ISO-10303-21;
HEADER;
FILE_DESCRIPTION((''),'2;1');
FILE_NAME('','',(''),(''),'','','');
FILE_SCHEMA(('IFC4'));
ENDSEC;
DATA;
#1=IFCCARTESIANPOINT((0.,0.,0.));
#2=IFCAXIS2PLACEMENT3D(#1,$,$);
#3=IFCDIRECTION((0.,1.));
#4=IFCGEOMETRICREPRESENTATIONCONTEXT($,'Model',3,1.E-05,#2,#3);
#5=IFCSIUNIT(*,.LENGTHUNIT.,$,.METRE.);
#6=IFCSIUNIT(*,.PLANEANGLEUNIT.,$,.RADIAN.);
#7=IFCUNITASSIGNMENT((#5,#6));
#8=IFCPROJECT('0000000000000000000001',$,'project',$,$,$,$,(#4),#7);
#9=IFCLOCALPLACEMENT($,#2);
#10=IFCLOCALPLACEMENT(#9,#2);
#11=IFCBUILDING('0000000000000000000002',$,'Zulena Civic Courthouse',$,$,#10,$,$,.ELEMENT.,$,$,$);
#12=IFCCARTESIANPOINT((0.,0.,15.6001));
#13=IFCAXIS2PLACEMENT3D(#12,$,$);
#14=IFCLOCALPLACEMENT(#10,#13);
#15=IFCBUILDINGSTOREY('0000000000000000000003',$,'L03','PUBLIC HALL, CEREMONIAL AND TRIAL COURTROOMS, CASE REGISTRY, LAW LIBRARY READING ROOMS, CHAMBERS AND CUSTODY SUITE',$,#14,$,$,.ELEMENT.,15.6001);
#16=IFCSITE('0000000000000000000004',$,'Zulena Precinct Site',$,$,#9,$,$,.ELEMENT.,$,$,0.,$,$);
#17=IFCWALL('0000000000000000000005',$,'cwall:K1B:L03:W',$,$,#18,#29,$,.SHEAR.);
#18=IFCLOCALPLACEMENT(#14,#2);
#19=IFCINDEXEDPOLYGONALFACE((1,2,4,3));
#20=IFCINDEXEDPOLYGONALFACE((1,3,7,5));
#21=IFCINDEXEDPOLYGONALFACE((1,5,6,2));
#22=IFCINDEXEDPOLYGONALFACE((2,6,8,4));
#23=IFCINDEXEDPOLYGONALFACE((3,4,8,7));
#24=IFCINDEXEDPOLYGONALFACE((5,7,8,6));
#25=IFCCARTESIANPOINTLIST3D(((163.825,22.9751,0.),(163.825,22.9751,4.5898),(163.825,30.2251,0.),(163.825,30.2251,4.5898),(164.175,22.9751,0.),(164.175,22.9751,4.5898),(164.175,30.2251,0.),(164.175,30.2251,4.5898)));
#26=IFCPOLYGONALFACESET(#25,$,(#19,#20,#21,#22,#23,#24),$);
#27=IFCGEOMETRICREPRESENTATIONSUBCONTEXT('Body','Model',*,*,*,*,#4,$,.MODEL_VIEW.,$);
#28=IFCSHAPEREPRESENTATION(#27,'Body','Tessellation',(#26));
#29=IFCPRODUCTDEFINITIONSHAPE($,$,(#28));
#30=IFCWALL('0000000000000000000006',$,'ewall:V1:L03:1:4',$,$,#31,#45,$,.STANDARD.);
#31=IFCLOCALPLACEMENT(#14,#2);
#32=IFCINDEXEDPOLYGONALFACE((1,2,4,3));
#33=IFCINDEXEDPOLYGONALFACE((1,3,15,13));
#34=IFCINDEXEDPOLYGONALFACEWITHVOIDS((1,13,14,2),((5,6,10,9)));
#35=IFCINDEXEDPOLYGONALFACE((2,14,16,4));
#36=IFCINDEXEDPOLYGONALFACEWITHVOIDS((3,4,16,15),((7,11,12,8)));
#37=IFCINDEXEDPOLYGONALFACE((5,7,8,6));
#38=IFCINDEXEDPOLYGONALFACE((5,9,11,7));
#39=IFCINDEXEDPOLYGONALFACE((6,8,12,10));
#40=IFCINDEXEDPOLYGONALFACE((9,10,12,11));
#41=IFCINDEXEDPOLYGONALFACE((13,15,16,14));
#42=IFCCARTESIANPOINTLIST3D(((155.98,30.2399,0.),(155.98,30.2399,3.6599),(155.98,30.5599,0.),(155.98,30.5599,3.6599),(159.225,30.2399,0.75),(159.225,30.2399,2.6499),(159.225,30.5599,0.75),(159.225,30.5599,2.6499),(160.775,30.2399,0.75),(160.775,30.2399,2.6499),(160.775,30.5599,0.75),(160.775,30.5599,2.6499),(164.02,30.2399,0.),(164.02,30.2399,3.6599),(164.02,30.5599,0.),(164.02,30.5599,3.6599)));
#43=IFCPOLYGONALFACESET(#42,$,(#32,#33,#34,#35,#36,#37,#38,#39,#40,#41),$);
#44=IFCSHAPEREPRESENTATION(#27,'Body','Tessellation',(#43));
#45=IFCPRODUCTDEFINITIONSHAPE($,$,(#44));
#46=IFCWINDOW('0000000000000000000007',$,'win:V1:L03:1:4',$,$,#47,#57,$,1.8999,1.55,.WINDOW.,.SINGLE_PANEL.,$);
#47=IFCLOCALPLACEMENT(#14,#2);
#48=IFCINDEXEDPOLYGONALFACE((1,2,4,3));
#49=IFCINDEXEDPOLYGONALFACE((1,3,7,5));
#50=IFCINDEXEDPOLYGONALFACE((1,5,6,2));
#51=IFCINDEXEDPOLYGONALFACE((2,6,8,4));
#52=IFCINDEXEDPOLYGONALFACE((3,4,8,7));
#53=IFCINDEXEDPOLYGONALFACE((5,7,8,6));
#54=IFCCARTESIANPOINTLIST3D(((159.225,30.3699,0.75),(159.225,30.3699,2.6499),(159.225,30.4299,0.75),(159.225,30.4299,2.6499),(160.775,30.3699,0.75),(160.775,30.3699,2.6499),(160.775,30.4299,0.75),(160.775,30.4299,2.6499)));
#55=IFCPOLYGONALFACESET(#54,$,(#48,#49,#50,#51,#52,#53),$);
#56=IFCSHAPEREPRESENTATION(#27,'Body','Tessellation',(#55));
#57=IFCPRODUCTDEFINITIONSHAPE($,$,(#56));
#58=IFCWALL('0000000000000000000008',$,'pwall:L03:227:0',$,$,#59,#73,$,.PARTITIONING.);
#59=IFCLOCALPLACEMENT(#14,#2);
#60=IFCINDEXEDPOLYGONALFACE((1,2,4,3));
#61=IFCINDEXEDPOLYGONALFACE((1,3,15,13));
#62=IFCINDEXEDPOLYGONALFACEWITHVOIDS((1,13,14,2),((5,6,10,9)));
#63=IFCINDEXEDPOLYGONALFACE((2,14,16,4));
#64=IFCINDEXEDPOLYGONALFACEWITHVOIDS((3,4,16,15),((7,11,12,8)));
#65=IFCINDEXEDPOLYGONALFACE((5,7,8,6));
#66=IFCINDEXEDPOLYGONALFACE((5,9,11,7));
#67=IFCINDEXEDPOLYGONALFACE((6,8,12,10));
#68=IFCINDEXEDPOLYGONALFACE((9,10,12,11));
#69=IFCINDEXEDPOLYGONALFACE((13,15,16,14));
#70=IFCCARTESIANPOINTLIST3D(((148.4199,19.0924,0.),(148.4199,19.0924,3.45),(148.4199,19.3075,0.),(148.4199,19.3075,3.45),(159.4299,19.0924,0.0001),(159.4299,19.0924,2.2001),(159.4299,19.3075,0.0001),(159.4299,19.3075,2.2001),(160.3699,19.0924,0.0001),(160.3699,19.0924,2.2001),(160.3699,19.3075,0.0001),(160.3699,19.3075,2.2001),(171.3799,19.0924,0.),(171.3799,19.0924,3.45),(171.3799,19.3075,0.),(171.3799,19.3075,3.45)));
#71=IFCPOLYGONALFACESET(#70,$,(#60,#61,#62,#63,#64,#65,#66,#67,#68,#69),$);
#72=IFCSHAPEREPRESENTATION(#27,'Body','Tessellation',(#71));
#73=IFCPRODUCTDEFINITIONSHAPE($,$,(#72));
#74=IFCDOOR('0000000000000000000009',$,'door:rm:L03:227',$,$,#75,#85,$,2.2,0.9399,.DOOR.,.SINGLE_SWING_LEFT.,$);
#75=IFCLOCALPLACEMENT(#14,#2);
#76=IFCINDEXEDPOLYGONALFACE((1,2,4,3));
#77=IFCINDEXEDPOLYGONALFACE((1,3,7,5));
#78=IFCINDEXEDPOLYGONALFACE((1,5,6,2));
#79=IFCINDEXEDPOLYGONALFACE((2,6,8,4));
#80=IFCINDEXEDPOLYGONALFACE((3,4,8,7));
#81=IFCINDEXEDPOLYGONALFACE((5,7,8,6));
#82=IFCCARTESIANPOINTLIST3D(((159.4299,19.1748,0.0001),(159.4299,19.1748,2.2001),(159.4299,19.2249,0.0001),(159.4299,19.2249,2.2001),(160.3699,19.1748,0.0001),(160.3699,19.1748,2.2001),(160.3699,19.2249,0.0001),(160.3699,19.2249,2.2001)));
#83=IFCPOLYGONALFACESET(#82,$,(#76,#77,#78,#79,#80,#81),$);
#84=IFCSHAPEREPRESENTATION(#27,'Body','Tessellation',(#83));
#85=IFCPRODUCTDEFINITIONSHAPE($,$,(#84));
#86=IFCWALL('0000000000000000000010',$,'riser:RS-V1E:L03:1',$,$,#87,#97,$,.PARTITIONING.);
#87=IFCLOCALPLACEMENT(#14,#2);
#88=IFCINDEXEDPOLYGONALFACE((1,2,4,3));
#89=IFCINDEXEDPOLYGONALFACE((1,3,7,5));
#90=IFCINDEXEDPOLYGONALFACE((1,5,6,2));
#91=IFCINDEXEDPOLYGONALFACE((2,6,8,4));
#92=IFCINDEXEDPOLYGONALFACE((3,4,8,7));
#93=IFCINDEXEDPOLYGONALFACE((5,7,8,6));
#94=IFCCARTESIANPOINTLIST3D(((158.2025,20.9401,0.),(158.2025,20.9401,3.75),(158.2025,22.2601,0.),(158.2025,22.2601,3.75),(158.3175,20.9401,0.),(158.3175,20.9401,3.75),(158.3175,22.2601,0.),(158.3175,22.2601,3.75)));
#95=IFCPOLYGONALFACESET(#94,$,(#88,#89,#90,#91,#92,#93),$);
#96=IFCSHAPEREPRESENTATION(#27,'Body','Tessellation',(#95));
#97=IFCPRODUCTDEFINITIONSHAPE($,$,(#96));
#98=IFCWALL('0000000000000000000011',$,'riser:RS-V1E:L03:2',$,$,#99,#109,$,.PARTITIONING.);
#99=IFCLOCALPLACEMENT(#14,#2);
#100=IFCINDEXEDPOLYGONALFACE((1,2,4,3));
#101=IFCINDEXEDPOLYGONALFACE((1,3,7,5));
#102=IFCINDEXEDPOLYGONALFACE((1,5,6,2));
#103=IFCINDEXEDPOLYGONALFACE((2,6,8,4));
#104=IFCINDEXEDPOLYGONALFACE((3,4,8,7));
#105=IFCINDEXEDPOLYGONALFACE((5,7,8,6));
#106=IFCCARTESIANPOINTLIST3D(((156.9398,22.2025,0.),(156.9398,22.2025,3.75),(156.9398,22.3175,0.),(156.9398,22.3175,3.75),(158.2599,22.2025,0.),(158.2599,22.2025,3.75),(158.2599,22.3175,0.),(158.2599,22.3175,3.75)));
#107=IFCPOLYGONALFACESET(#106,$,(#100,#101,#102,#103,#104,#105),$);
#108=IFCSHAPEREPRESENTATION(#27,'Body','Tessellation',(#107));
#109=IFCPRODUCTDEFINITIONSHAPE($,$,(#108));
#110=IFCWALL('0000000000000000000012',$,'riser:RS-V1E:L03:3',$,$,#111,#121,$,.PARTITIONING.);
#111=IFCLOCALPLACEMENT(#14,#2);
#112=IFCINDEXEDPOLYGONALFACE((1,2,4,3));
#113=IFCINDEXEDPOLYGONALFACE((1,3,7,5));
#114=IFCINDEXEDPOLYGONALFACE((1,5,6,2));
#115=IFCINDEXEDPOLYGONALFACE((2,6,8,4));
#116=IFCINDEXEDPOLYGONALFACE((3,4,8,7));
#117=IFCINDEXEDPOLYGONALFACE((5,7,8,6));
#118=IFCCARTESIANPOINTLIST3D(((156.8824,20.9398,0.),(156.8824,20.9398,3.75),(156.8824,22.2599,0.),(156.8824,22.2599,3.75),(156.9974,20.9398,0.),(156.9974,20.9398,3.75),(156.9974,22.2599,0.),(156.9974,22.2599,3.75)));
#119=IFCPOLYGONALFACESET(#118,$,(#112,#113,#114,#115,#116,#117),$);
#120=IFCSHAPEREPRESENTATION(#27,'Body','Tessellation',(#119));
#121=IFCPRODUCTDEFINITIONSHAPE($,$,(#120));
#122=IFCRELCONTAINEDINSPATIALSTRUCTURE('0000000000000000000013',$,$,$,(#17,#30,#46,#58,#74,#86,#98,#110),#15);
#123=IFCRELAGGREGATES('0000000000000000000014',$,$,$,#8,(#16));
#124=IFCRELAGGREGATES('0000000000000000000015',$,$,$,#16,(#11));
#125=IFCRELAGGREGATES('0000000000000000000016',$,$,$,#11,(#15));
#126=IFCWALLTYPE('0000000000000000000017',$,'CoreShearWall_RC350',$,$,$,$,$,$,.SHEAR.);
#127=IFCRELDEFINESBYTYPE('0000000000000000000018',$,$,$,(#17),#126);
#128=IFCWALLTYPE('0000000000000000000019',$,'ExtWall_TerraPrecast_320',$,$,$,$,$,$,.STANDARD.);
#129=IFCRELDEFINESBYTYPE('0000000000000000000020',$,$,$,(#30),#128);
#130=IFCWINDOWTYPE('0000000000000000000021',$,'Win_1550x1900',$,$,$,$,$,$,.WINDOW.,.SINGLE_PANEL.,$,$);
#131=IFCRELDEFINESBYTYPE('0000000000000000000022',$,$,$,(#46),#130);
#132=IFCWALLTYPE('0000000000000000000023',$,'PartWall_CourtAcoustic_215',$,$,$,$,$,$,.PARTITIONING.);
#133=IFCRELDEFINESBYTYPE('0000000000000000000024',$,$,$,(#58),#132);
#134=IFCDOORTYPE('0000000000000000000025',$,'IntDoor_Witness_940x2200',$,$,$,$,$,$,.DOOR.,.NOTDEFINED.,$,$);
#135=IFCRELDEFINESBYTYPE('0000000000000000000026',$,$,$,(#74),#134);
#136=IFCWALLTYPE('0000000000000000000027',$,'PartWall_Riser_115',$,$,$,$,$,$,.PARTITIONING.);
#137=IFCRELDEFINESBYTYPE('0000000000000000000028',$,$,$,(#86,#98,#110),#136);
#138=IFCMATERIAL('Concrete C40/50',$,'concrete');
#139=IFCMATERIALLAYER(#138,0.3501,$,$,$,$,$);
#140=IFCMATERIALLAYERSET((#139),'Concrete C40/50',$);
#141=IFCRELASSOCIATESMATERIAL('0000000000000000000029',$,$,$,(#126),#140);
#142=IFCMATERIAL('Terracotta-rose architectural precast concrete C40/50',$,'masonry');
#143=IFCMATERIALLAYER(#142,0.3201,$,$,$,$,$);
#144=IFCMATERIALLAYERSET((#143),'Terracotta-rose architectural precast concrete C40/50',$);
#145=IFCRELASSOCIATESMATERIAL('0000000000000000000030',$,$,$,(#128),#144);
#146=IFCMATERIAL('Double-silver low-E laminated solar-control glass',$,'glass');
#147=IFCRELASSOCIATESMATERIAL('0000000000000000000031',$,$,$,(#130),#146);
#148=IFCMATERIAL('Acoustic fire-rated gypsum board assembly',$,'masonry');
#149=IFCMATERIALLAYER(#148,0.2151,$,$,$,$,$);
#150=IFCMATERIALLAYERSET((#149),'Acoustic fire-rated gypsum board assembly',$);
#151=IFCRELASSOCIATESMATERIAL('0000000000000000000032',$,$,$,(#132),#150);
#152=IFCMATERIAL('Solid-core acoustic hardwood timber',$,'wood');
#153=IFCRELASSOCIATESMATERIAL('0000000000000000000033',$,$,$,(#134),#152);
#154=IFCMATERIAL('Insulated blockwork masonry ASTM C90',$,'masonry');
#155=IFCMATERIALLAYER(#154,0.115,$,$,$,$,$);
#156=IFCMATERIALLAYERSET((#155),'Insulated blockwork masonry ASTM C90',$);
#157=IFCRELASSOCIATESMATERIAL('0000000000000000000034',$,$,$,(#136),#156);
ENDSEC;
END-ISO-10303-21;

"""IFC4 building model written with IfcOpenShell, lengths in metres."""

from ifc_helpers import new_model, si_unit, direction, frame, frame_2d, origin, place, context, subcontext, project, spatial, rectangle, extrude, material, layer, layer_set, type_object, element, fill, save


model = new_model("IFC4")

# Units and contexts
model_context = context("Model", 3, precision=1e-05, world=origin(), true_north=direction((0.0, 1.0)))
body_context = subcontext(model_context, "Body", "Model", "MODEL_VIEW")
ifc_project = project(units=[si_unit("LENGTHUNIT", "METRE"), si_unit("PLANEANGLEUNIT", "RADIAN")], contexts=[model_context])

# Site, building, storey
site_placement = place(None, origin())
site = spatial("IfcSite", under=ifc_project, at=site_placement, Name="Zulena Precinct Site", CompositionType="ELEMENT", RefElevation=0.0)
building_placement = place(site_placement, origin())
building = spatial("IfcBuilding", under=site, at=building_placement, Name="Zulena Civic Courthouse", CompositionType="ELEMENT")
storey_placement = place(building_placement, frame((0.0, 0.0, 15.6001)))
storey = spatial("IfcBuildingStorey", under=building, at=storey_placement, Name="L03", Description="PUBLIC HALL, CEREMONIAL AND TRIAL COURTROOMS, CASE REGISTRY, LAW LIBRARY READING ROOMS, CHAMBERS AND CUSTODY SUITE", CompositionType="ELEMENT", Elevation=15.6001)

# Shared definitions
ifc_material_1 = material(Name="Concrete C40/50", Category="concrete")
ifc_layer_1 = layer(ifc_material_1, 0.3501)
ifc_layer_set_1 = layer_set([ifc_layer_1], Name="Concrete C40/50")
wall_type_1 = type_object("IfcWallType", Name="CoreShearWall_RC350", PredefinedType="SHEAR", material=ifc_layer_set_1)
ifc_material_2 = material(Name="Solid-core acoustic hardwood timber", Category="wood")

# Wall
wall_1_placement = place(storey_placement, frame((164.0, 22.9751, 0.0), z_axis=(0.0, 0.0, 1.0), x_axis=(0.0, 1.0, 0.0)))
element("IfcWall", 1, at=wall_1_placement, inside=storey, type_object=wall_type_1, Name="cwall:K1B:L03:W", PredefinedType="SHEAR", context=body_context, shape_type="SweptSolid", body=[
    extrude(rectangle(XDim=7.25, YDim=0.3501, at=frame_2d((3.625, 0.0))), origin(), (0.0, 0.0, 1.0), 4.5898),
])

# Wall, opening, window
ifc_material_3 = material(Name="Terracotta-rose architectural precast concrete C40/50", Category="masonry")
ifc_layer_2 = layer(ifc_material_3, 0.3201)
ifc_layer_set_2 = layer_set([ifc_layer_2], Name="Terracotta-rose architectural precast concrete C40/50")
wall_type_2 = type_object("IfcWallType", Name="ExtWall_TerraPrecast_320", PredefinedType="STANDARD", material=ifc_layer_set_2)
wall_2_placement = place(storey_placement, frame((155.98, 30.3999, 0.0), z_axis=(0.0, 0.0, 1.0), x_axis=(1.0, 0.0, 0.0)))
wall_2 = element("IfcWall", 2, at=wall_2_placement, inside=storey, type_object=wall_type_2, Name="ewall:V1:L03:1:4", PredefinedType="STANDARD", context=body_context, shape_type="SweptSolid", body=[
    extrude(rectangle(XDim=8.04, YDim=0.3201, at=frame_2d((4.02, 0.0))), origin(), (0.0, 0.0, 1.0), 3.6599),
])
opening_1_placement = place(wall_2_placement, frame((3.2451, 0.0, 0.75)))
opening_1 = element("IfcOpeningElement", 3, at=opening_1_placement, cuts=wall_2, PredefinedType="OPENING", context=body_context, shape_type="SweptSolid", body=[
    extrude(rectangle(XDim=1.55, YDim=1.8999, at=frame_2d((0.7749, 0.95))), frame((0.0, 0.1699, 0.0), z_axis=(0.0, -1.0, 0.0), x_axis=(1.0, 0.0, 0.0)), (0.0, 0.0, 1.0), 0.3401),
])
ifc_material_4 = material(Name="Double-silver low-E laminated solar-control glass", Category="glass")
window_type = type_object("IfcWindowType", Name="Win_1550x1900", PartitioningType="SINGLE_PANEL", PredefinedType="WINDOW", material=ifc_material_4)
window_placement = place(opening_1_placement, origin())
window = element("IfcWindow", 4, at=window_placement, inside=storey, type_object=window_type, Name="win:V1:L03:1:4", OverallHeight=1.8999, OverallWidth=1.55, PartitioningType="SINGLE_PANEL", PredefinedType="WINDOW", context=body_context, shape_type="SweptSolid", body=[
    extrude(rectangle(XDim=1.55, YDim=1.8999, at=frame_2d((0.7749, 0.95))), frame((0.0, 0.03, 0.0), z_axis=(0.0, -1.0, 0.0), x_axis=(1.0, 0.0, 0.0)), (0.0, 0.0, 1.0), 0.0601),
])
fill(opening_1, window)

# Wall, opening, door
ifc_material_5 = material(Name="Acoustic fire-rated gypsum board assembly", Category="masonry")
ifc_layer_3 = layer(ifc_material_5, 0.2151)
ifc_layer_set_3 = layer_set([ifc_layer_3], Name="Acoustic fire-rated gypsum board assembly")
wall_type_3 = type_object("IfcWallType", Name="PartWall_CourtAcoustic_215", PredefinedType="PARTITIONING", material=ifc_layer_set_3)
wall_3_placement = place(storey_placement, frame((148.4199, 19.2, 0.0), z_axis=(0.0, 0.0, 1.0), x_axis=(1.0, 0.0, 0.0)))
wall_3 = element("IfcWall", 5, at=wall_3_placement, inside=storey, type_object=wall_type_3, Name="pwall:L03:227:0", PredefinedType="PARTITIONING", context=body_context, shape_type="SweptSolid", body=[
    extrude(rectangle(XDim=22.96, YDim=0.2151, at=frame_2d((11.48, 0.0))), origin(), (0.0, 0.0, 1.0), 3.45),
])
opening_2_placement = place(wall_3_placement, frame((11.01, 0.0, 0.0)))
opening_2 = element("IfcOpeningElement", 6, at=opening_2_placement, cuts=wall_3, PredefinedType="OPENING", context=body_context, shape_type="SweptSolid", body=[
    extrude(rectangle(XDim=0.9399, YDim=2.2, at=frame_2d((0.47, 1.1001))), frame((0.0, 0.1174, 0.0), z_axis=(0.0, -1.0, 0.0), x_axis=(1.0, 0.0, 0.0)), (0.0, 0.0, 1.0), 0.2351),
])
door_type_1 = type_object("IfcDoorType", Name="IntDoor_Witness_940x2200", OperationType="NOTDEFINED", PredefinedType="DOOR", material=ifc_material_2)
door_1_placement = place(opening_2_placement, origin())
door_1 = element("IfcDoor", 7, at=door_1_placement, inside=storey, type_object=door_type_1, Name="door:rm:L03:227", OperationType="SINGLE_SWING_LEFT", OverallHeight=2.2, OverallWidth=0.9399, PredefinedType="DOOR", context=body_context, shape_type="SweptSolid", body=[
    extrude(rectangle(XDim=0.9399, YDim=2.2, at=frame_2d((0.47, 1.1001))), frame((0.0, 0.0249, 0.0), z_axis=(0.0, -1.0, 0.0), x_axis=(1.0, 0.0, 0.0)), (0.0, 0.0, 1.0), 0.05),
])
fill(opening_2, door_1)

# Walls
ifc_material_6 = material(Name="Insulated blockwork masonry ASTM C90", Category="masonry")
ifc_layer_4 = layer(ifc_material_6, 0.115)
ifc_layer_set_4 = layer_set([ifc_layer_4], Name="Insulated blockwork masonry ASTM C90")
wall_type_4 = type_object("IfcWallType", Name="PartWall_Riser_115", PredefinedType="PARTITIONING", material=ifc_layer_set_4)
for number, where, z_axis, x_axis, name in (
    (8, (158.26, 20.9399, 0.0), (0.0, 0.0, 1.0), (0.0, 1.0, 0.0), "riser:RS-V1E:L03:1"),
    (9, (158.26, 22.26, 0.0), (0.0, 0.0, 1.0), (-1.0, 0.0, 0.0), "riser:RS-V1E:L03:2"),
    (10, (156.9399, 22.26, 0.0), (0.0, 0.0, 1.0), (0.0, -1.0, 0.0), "riser:RS-V1E:L03:3"),
):
    element("IfcWall", number, at=place(storey_placement, frame(where, z_axis=z_axis, x_axis=x_axis)), inside=storey, type_object=wall_type_4, Name=name, PredefinedType="PARTITIONING", context=body_context, shape_type="SweptSolid", body=[
        extrude(rectangle(XDim=1.3201, YDim=0.115, at=frame_2d((0.6602, 0.0))), origin(), (0.0, 0.0, 1.0), 3.75),
    ])

save(model, "model.ifc")
